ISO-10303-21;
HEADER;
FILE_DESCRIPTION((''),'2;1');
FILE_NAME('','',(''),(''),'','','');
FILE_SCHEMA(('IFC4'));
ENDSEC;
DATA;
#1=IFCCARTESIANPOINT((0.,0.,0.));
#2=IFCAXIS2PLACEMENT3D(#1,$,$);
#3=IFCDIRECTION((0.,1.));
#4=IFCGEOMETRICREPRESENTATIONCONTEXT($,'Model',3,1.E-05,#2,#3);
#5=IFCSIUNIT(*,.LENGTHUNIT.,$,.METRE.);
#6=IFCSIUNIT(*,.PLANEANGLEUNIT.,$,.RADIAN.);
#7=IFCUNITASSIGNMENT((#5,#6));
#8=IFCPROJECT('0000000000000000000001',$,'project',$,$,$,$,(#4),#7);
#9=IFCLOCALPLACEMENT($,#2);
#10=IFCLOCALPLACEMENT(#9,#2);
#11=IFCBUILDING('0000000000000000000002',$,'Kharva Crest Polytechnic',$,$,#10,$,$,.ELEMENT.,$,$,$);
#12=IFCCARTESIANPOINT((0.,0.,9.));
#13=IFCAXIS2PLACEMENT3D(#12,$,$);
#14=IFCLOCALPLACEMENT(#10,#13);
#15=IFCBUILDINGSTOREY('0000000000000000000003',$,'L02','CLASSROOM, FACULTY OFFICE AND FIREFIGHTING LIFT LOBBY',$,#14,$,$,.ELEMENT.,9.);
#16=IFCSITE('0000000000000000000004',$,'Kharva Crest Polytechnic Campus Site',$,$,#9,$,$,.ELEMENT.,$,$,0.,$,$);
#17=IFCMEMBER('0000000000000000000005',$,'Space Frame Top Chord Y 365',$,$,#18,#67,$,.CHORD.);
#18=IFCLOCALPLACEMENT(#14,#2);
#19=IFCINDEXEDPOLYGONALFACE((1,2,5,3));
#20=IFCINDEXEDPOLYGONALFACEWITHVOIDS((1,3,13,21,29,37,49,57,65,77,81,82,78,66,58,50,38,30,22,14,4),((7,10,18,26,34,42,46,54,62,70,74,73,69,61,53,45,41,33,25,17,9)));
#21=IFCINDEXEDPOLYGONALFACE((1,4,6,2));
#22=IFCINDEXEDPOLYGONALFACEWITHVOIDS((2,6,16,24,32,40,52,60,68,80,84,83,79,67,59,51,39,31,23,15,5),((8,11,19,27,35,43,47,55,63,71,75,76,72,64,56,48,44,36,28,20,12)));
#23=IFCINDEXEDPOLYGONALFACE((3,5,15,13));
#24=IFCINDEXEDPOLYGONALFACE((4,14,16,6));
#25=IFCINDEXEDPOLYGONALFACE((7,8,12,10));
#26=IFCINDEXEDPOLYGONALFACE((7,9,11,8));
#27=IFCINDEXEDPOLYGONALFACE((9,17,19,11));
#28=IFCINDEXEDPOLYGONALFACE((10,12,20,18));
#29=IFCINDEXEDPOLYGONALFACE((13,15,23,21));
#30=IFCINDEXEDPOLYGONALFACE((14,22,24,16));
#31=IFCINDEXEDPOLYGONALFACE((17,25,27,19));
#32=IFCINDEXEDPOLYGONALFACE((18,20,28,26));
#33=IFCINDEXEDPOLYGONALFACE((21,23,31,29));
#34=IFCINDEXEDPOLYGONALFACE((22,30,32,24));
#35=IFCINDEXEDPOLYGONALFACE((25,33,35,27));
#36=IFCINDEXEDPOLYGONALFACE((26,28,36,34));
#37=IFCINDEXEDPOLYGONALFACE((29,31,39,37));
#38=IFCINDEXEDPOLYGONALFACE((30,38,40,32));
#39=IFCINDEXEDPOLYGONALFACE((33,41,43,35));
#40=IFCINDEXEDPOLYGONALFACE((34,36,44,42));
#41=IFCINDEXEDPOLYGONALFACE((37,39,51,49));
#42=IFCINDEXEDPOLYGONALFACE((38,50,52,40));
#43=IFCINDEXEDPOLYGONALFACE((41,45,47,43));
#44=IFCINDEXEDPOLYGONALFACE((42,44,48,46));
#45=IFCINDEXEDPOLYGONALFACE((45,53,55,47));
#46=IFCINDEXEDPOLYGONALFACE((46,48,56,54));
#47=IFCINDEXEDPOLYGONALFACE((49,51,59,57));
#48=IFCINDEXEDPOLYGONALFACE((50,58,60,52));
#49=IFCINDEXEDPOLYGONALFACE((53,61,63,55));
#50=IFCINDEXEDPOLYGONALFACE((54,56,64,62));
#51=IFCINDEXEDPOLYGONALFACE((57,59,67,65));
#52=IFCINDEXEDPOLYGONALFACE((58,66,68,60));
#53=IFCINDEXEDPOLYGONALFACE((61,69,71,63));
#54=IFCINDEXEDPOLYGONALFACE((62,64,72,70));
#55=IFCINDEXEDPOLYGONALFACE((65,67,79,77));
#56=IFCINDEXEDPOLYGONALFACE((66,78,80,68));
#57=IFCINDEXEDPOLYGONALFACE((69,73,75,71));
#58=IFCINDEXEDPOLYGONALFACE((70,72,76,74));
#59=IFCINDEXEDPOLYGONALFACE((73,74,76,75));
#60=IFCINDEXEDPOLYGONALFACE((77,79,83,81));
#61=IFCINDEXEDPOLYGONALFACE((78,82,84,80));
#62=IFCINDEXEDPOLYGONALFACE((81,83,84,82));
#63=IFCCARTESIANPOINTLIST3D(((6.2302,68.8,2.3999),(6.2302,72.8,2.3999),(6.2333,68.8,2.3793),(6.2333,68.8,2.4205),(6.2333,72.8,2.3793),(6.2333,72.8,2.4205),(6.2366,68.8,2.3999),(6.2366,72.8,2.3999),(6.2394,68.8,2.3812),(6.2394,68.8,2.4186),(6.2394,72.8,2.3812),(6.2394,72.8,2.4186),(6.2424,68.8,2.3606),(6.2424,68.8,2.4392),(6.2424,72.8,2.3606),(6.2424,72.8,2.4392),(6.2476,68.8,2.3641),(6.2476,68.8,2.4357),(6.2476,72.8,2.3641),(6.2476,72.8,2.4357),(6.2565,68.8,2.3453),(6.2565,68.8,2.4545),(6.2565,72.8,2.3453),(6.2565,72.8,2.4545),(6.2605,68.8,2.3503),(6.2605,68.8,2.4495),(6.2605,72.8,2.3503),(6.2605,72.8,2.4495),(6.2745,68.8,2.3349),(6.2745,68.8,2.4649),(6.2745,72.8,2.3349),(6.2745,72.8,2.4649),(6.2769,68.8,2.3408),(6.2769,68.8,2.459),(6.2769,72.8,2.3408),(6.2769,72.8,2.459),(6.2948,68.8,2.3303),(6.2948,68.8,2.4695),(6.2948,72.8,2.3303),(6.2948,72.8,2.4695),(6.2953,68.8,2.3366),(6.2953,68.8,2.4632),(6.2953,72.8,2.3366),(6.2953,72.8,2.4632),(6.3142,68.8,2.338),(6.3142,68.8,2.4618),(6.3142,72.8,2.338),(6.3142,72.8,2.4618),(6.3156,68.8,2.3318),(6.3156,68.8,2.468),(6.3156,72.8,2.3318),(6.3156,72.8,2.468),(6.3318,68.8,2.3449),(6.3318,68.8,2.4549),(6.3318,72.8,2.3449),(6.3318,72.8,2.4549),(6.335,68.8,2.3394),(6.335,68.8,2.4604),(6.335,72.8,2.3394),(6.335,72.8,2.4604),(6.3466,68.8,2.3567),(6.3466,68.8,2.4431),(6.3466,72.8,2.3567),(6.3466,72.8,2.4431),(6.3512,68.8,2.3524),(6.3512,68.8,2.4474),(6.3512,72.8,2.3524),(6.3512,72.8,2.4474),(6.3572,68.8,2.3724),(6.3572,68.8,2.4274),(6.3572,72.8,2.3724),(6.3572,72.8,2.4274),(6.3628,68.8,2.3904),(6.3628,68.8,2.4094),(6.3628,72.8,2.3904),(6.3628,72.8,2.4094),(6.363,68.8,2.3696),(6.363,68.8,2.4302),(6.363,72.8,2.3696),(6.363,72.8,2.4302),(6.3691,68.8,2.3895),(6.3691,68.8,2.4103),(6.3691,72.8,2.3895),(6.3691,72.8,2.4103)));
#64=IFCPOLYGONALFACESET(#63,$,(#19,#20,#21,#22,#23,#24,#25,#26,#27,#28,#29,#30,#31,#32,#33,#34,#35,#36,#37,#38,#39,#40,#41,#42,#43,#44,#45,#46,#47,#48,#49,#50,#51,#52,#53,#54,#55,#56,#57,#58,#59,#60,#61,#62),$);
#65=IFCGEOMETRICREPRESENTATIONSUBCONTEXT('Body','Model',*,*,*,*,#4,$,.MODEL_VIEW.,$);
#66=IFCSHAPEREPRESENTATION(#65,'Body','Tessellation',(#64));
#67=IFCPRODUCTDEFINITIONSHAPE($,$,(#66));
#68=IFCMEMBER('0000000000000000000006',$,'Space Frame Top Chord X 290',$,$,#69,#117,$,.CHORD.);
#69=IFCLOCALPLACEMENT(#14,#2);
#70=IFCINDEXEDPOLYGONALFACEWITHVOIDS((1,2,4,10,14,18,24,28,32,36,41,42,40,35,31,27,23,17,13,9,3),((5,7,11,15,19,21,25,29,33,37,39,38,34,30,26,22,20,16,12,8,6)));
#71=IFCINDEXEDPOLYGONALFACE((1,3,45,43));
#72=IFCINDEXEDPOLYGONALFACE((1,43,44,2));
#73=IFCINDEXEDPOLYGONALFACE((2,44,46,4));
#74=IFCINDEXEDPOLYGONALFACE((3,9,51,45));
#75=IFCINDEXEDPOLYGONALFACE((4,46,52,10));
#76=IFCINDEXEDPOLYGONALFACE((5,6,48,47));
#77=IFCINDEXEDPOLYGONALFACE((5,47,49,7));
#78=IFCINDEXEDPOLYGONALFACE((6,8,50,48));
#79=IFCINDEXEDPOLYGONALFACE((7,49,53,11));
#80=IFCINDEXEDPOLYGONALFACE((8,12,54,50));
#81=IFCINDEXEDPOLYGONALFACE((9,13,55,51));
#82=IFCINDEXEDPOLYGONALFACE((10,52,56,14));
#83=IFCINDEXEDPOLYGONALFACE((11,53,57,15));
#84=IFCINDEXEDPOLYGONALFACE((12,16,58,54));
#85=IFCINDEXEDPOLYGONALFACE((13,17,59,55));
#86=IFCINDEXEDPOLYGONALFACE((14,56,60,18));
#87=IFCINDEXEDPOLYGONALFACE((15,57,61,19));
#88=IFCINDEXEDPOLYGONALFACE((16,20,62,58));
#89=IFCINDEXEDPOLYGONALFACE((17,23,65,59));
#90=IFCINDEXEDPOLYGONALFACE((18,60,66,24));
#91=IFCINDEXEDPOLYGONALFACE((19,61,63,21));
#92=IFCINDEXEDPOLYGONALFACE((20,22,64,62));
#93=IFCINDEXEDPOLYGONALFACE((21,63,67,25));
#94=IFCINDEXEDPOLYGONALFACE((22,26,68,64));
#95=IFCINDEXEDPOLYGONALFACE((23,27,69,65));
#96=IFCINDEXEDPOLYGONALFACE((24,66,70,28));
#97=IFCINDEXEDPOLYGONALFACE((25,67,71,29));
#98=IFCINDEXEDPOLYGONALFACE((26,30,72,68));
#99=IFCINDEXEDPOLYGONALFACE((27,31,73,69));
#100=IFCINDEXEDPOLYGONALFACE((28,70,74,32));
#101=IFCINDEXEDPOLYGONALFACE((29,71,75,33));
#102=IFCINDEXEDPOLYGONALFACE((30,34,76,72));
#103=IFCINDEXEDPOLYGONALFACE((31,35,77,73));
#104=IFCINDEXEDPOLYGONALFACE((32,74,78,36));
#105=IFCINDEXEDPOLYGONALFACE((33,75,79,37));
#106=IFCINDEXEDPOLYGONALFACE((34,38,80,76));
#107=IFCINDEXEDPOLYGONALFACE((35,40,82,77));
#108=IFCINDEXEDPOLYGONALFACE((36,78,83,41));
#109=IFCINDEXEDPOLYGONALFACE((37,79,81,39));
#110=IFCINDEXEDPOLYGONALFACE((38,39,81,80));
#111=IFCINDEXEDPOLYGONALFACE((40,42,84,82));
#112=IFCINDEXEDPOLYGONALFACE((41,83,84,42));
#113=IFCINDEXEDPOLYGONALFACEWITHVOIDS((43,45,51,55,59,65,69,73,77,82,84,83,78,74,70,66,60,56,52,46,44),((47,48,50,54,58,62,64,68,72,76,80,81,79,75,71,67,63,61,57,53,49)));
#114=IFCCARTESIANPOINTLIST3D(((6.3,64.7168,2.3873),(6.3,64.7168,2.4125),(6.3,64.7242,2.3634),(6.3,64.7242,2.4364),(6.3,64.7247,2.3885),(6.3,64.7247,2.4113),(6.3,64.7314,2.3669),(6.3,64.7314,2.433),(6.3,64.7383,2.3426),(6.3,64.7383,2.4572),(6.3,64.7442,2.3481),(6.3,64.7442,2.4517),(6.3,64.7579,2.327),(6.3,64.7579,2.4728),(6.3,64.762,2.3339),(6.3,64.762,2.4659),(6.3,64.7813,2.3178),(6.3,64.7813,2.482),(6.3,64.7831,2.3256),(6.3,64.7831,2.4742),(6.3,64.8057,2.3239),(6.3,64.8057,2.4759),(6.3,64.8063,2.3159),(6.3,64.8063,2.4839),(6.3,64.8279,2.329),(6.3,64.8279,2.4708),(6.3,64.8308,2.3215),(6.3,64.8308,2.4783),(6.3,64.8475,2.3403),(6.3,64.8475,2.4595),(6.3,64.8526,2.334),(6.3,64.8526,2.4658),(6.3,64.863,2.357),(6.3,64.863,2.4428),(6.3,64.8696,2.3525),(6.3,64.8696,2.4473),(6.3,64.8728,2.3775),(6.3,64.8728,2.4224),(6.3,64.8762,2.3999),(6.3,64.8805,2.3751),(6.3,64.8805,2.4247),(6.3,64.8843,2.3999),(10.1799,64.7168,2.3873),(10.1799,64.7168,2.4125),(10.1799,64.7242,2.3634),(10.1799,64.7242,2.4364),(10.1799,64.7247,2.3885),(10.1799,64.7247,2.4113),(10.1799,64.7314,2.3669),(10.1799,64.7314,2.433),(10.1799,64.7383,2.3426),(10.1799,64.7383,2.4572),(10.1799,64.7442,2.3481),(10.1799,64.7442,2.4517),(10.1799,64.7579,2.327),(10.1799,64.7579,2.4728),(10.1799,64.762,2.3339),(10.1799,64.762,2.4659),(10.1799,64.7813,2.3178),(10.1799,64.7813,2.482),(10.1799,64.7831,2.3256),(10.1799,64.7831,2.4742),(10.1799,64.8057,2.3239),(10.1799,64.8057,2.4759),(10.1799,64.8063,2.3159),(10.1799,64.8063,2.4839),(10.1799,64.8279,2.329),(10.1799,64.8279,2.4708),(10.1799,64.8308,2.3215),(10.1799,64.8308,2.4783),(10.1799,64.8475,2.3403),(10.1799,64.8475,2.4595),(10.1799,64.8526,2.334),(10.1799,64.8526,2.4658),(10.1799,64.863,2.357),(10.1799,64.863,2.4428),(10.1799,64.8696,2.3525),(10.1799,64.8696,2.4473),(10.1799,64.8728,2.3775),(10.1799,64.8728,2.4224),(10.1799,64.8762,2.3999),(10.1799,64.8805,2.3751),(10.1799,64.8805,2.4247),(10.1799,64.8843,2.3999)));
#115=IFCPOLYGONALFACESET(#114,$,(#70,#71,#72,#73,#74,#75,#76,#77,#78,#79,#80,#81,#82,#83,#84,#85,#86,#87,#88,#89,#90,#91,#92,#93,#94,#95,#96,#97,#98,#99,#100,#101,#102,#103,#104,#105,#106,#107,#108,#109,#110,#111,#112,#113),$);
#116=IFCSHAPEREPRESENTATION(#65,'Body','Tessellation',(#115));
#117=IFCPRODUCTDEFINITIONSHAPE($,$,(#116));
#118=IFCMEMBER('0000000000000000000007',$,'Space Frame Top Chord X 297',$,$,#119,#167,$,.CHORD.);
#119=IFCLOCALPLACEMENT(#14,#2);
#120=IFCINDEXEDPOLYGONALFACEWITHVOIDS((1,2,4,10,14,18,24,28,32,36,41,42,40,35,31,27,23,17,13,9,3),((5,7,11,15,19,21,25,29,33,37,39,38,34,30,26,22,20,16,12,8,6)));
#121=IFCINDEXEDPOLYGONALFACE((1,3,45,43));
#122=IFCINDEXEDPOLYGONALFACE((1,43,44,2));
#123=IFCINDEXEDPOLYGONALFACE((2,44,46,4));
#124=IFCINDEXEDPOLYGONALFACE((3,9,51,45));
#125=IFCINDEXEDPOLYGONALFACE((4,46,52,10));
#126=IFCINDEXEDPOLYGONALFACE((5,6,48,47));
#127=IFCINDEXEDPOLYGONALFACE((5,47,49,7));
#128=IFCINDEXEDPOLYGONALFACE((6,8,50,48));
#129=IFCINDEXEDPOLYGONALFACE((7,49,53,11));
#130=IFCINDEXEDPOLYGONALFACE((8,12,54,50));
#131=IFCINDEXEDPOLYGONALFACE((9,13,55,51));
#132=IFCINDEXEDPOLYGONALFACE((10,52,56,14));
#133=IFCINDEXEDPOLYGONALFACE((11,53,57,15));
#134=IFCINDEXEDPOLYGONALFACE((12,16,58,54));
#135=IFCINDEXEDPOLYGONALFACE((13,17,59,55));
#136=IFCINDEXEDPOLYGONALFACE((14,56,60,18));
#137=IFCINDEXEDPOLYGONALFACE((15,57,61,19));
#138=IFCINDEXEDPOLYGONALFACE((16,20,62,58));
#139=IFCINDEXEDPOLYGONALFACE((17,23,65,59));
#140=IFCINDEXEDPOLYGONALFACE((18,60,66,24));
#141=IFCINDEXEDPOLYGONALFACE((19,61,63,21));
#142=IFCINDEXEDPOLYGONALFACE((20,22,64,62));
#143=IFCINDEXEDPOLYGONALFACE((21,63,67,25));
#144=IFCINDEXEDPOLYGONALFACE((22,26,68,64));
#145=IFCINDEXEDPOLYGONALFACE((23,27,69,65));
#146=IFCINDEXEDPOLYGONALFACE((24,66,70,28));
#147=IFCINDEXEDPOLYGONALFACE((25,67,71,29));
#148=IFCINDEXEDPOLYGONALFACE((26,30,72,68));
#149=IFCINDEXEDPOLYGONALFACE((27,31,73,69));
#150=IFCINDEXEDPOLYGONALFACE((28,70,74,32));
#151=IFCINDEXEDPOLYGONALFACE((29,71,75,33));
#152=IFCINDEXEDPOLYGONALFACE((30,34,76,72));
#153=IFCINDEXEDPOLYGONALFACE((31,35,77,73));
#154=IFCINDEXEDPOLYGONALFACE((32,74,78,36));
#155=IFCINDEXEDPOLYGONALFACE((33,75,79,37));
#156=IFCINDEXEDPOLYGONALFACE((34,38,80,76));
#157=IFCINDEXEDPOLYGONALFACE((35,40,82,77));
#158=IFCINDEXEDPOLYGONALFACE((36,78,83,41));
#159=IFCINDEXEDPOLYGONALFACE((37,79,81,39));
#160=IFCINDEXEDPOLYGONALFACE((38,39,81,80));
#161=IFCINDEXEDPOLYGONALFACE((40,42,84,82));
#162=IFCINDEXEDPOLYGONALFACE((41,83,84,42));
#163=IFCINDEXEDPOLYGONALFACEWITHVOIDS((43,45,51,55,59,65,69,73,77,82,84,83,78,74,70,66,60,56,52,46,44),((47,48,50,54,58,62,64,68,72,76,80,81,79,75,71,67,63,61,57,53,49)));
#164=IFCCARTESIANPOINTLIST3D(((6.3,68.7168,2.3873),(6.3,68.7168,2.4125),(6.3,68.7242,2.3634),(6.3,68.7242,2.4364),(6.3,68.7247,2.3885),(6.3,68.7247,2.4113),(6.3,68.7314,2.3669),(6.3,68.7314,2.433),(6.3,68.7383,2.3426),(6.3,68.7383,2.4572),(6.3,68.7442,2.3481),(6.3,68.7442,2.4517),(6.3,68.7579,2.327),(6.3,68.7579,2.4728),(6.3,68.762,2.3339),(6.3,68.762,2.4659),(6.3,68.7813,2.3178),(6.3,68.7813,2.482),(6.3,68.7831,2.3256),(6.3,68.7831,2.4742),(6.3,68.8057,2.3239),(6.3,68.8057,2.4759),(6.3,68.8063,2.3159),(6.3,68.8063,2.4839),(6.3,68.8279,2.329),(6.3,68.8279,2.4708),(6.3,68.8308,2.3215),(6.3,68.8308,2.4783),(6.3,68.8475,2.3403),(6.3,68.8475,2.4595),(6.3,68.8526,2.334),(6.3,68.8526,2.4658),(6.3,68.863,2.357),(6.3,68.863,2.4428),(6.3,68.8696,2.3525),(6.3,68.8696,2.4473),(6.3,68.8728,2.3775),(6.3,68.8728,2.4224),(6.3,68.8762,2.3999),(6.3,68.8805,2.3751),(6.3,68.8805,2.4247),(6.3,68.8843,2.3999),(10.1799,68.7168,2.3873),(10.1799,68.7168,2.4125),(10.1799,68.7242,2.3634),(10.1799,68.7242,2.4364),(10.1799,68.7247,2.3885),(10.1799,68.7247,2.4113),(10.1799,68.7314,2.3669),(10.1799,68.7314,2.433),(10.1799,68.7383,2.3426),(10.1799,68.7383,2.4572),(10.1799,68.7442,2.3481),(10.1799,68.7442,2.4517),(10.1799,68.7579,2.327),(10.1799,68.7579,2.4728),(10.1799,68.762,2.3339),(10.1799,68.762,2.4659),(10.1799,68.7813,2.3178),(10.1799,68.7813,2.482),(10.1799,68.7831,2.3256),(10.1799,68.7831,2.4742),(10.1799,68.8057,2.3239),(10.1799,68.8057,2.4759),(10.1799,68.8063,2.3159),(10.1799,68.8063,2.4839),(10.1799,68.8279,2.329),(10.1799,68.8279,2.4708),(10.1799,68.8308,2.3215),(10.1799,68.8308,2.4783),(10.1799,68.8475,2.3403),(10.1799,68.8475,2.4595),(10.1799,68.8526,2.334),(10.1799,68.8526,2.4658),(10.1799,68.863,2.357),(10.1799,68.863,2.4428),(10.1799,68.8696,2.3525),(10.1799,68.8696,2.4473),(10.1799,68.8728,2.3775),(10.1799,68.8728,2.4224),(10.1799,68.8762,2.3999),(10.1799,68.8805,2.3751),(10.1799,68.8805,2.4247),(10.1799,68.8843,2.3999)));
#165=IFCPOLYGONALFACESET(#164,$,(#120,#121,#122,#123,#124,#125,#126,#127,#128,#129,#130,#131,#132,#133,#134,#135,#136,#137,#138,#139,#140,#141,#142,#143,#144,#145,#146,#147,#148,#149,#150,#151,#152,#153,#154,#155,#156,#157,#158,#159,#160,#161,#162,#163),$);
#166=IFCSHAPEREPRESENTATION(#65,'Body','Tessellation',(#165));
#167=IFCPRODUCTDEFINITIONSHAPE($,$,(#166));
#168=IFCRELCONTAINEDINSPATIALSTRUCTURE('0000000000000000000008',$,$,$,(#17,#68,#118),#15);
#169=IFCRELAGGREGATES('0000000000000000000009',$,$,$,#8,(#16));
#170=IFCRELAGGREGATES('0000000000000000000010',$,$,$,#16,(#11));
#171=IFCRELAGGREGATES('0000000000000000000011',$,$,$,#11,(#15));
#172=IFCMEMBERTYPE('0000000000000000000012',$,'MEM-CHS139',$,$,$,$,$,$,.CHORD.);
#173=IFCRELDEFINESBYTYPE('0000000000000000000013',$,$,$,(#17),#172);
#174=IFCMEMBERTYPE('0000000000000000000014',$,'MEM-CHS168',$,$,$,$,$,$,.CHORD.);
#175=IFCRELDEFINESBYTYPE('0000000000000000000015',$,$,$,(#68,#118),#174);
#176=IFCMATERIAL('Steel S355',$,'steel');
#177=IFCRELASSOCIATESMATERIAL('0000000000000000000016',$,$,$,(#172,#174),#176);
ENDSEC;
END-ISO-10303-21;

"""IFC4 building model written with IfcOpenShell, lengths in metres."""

from ifc_helpers import new_model, si_unit, direction, frame, origin, origin_2d, place, context, subcontext, project, spatial, hollow_circle, extrude, material, material_profile, profile_set, type_object, element, save


model = new_model("IFC4")

# Units and contexts
model_context = context("Model", 3, precision=1e-05, world=origin(), true_north=direction((0.0, 1.0)))
body_context = subcontext(model_context, "Body", "Model", "MODEL_VIEW")
ifc_project = project(units=[si_unit("LENGTHUNIT", "METRE"), si_unit("PLANEANGLEUNIT", "RADIAN")], contexts=[model_context])

# Site, building, storey
site_placement = place(None, origin())
site = spatial("IfcSite", under=ifc_project, at=site_placement, Name="Kharva Crest Polytechnic Campus Site", CompositionType="ELEMENT", RefElevation=0.0)
building_placement = place(site_placement, origin())
building = spatial("IfcBuilding", under=site, at=building_placement, Name="Kharva Crest Polytechnic", CompositionType="ELEMENT")
storey_placement = place(building_placement, frame((0.0, 0.0, 9.0)))
storey = spatial("IfcBuildingStorey", under=building, at=storey_placement, Name="L02", Description="CLASSROOM, FACULTY OFFICE AND FIREFIGHTING LIFT LOBBY", CompositionType="ELEMENT", Elevation=9.0)

# Shared definitions
ifc_material_1 = material(Name="Steel S355", Category="steel")

# Members
ifc_material_profile_1 = material_profile(ifc_material_1, hollow_circle(Radius=0.0698, WallThickness=0.0063, at=origin_2d()), Name="CHS 139.7X6.3")
ifc_profile_set_1 = profile_set([ifc_material_profile_1], Name="Steel S355")
member_type_1 = type_object("IfcMemberType", Name="MEM-CHS139", PredefinedType="CHORD", material=ifc_profile_set_1)
for number, where, z_axis, x_axis, name in (
    (1, (6.3, 68.8, 2.3999), (0.0, 1.0, 0.0), (-1.0, 0.0, 0.0), "Space Frame Top Chord Y 365"),
):
    element("IfcMember", number, at=place(storey_placement, frame(where, z_axis=z_axis, x_axis=x_axis)), inside=storey, type_object=member_type_1, Name=name, PredefinedType="CHORD", context=body_context, shape_type="SweptSolid", body=[
        extrude(hollow_circle(Radius=0.0698, WallThickness=0.0063, at=origin_2d()), origin(), (0.0, 0.0, 1.0), 4.0),
    ])
ifc_material_profile_2 = material_profile(ifc_material_1, hollow_circle(Radius=0.0842, WallThickness=0.0081, at=origin_2d()), Name="CHS 168.3X8.0")
ifc_profile_set_2 = profile_set([ifc_material_profile_2], Name="Steel S355")
member_type_2 = type_object("IfcMemberType", Name="MEM-CHS168", PredefinedType="CHORD", material=ifc_profile_set_2)
for number, where, z_axis, x_axis, name in (
    (2, (6.3, 64.8, 2.3999), (1.0, 0.0, 0.0), (0.0, 1.0, 0.0), "Space Frame Top Chord X 290"),
    (3, (6.3, 68.8, 2.3999), (1.0, 0.0, 0.0), (0.0, 1.0, 0.0), "Space Frame Top Chord X 297"),
):
    element("IfcMember", number, at=place(storey_placement, frame(where, z_axis=z_axis, x_axis=x_axis)), inside=storey, type_object=member_type_2, Name=name, PredefinedType="CHORD", context=body_context, shape_type="SweptSolid", body=[
        extrude(hollow_circle(Radius=0.0842, WallThickness=0.0081, at=origin_2d()), origin(), (0.0, 0.0, 1.0), 3.8799),
    ])

save(model, "model.ifc")
